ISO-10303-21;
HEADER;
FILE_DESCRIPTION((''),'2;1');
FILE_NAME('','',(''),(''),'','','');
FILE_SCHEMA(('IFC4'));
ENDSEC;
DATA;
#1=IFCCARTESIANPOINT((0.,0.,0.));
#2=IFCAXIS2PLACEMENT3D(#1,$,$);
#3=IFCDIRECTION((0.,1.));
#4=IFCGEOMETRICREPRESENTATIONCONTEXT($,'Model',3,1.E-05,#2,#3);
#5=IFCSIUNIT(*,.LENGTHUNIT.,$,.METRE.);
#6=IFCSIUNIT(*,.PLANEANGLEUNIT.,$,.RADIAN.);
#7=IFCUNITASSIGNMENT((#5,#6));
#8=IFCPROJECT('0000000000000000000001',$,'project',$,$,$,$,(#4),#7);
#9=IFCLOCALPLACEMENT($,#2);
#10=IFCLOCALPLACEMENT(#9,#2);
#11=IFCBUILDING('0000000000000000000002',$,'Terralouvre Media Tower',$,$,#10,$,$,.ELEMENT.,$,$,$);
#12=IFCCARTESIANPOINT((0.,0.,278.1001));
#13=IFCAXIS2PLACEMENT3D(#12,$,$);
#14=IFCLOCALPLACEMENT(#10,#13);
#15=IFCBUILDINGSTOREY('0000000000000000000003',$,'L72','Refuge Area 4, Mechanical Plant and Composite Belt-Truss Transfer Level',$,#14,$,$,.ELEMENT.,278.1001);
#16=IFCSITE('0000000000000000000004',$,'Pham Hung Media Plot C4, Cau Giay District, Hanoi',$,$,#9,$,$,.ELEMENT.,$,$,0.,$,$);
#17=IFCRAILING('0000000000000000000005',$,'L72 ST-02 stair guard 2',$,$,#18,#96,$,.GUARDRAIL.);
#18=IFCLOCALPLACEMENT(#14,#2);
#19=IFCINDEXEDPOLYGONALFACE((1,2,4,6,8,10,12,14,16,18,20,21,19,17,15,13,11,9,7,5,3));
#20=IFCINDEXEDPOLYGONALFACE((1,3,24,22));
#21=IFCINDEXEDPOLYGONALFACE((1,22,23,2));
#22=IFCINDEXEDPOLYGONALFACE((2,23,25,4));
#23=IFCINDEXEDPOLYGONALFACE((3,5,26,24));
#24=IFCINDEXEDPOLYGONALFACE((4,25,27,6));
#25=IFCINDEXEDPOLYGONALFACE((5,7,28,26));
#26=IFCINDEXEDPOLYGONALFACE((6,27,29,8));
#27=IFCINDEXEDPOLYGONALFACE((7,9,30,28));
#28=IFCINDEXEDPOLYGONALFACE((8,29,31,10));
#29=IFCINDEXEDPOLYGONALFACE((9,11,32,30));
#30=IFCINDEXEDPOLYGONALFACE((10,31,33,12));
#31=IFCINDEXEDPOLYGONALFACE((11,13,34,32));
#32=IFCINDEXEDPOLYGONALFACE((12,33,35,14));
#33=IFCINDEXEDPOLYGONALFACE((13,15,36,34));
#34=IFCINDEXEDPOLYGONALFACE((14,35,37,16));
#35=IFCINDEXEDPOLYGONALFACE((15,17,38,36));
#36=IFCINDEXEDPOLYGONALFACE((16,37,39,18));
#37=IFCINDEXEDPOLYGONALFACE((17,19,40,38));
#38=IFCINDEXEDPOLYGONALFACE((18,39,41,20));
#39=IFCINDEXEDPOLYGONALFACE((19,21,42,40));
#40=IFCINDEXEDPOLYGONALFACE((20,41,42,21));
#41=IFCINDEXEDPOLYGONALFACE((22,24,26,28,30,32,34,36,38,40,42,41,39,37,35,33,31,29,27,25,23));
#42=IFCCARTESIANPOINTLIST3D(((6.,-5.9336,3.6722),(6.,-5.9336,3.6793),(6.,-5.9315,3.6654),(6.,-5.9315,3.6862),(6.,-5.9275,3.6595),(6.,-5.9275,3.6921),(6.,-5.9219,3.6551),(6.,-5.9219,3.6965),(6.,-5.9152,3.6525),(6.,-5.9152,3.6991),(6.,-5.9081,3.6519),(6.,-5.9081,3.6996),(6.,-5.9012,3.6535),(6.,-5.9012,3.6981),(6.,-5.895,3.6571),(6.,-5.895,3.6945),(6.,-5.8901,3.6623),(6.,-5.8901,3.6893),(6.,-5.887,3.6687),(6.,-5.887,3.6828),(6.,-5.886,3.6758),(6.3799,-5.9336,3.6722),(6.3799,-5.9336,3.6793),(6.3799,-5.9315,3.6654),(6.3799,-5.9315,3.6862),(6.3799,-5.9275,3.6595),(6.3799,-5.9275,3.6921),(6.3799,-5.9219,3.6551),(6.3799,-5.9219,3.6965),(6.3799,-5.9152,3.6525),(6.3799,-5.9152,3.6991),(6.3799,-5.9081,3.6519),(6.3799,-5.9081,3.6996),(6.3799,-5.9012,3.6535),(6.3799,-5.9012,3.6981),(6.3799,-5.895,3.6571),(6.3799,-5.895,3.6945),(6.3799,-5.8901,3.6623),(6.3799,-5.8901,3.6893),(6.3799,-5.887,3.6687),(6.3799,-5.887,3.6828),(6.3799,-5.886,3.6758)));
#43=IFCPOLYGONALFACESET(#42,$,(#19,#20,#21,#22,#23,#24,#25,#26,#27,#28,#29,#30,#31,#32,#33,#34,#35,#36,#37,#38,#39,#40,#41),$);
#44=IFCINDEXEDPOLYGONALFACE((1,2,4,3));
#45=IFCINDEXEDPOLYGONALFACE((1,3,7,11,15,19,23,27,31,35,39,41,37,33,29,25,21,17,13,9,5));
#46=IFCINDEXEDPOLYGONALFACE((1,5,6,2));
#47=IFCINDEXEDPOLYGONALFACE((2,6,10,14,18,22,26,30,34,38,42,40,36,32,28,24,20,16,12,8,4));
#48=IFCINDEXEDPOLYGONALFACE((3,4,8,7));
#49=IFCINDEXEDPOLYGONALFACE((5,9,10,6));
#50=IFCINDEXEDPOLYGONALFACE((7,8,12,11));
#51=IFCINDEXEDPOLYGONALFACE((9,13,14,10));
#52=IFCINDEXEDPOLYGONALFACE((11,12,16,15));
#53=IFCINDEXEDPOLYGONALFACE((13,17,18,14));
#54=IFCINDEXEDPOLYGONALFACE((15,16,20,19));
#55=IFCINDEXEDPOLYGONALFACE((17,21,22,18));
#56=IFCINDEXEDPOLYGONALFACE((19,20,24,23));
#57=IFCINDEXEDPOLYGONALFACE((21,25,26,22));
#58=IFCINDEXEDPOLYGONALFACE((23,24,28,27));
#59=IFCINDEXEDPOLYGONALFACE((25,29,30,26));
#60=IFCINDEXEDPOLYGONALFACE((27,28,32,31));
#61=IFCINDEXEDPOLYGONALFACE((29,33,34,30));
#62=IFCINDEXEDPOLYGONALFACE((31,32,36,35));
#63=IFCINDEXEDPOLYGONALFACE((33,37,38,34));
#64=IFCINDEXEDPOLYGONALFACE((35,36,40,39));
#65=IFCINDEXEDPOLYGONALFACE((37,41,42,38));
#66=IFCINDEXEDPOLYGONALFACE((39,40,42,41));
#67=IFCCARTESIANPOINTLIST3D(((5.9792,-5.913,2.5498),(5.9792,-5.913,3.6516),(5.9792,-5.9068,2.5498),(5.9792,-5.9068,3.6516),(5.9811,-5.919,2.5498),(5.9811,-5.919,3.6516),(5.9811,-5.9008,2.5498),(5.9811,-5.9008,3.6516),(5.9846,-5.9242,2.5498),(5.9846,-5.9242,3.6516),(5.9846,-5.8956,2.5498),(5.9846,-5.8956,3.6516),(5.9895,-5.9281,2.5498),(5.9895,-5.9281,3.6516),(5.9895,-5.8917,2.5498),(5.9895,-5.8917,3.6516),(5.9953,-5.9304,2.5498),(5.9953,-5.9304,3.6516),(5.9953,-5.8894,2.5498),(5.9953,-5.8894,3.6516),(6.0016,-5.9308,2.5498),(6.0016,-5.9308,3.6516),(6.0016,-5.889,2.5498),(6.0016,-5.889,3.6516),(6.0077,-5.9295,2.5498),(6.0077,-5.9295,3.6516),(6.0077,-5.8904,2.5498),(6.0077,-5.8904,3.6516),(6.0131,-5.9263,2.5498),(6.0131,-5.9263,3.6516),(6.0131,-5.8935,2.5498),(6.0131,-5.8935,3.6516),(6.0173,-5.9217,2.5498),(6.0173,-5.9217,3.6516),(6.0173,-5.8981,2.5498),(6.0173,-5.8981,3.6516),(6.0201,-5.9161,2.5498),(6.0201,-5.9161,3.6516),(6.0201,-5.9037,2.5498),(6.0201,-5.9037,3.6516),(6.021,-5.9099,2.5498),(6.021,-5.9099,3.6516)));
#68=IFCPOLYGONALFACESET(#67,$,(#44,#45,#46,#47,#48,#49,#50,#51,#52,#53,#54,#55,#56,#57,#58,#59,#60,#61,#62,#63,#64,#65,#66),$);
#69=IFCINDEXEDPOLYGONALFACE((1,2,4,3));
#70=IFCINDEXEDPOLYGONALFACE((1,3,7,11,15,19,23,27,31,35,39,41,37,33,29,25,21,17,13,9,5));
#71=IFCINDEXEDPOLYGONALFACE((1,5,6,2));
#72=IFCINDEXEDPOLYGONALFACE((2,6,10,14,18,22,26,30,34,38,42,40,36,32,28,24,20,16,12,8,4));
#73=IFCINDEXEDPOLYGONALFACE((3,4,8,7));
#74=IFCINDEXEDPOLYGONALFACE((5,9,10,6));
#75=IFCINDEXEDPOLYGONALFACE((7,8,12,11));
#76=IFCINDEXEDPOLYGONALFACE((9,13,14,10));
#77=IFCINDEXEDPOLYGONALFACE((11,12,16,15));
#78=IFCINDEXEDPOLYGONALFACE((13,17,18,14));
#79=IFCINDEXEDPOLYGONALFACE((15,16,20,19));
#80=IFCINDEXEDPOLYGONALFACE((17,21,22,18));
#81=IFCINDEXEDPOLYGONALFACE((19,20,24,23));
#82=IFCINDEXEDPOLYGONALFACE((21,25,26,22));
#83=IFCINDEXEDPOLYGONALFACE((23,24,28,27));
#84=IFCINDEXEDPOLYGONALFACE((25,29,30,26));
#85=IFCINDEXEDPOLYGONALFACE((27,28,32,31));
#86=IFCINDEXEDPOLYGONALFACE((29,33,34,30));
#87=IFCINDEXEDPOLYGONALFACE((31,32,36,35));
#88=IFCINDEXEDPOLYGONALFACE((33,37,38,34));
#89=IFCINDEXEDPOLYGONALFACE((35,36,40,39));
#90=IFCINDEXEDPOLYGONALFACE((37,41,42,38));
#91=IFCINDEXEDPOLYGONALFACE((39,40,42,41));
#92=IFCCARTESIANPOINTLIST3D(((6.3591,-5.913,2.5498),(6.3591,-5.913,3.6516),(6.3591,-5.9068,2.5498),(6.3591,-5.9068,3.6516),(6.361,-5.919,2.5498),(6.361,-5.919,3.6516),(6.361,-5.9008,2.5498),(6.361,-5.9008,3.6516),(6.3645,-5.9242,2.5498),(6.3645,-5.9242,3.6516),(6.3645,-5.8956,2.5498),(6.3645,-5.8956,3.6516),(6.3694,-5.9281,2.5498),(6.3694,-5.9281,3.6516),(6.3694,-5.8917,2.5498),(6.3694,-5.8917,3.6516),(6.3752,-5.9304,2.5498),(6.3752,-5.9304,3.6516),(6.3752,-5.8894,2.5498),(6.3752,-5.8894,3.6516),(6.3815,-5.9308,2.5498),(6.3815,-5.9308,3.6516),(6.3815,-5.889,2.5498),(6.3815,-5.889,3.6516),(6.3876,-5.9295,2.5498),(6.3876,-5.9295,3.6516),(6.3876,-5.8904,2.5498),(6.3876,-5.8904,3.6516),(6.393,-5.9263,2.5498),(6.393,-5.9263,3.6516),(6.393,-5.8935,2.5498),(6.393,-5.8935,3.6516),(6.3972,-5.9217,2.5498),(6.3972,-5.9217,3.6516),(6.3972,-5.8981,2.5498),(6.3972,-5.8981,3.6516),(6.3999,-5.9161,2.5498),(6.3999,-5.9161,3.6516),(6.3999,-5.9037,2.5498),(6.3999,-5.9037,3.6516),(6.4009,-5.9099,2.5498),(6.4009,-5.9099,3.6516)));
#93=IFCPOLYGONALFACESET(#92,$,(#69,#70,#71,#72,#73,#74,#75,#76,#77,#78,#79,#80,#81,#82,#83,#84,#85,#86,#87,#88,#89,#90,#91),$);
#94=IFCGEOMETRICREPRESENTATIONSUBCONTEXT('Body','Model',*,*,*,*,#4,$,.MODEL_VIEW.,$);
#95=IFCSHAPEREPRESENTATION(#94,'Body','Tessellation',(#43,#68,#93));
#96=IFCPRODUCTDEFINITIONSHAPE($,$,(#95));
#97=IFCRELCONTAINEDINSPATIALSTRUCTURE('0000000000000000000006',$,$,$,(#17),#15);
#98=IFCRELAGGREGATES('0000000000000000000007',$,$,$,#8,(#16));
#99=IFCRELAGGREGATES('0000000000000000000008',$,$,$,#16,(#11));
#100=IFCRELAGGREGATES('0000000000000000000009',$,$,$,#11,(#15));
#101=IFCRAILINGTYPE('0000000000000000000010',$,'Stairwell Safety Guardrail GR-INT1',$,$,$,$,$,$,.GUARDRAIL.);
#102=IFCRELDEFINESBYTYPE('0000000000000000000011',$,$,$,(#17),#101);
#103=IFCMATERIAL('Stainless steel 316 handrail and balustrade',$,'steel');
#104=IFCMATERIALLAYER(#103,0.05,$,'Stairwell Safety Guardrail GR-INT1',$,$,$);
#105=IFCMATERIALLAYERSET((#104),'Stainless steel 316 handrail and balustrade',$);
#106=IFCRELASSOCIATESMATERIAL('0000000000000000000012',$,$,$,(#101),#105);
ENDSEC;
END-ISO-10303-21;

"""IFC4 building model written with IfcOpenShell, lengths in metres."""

from ifc_helpers import new_model, si_unit, direction, frame, origin, origin_2d, place, context, subcontext, project, spatial, circle, extrude, material, layer, layer_set, type_object, element, save


model = new_model("IFC4")

# Units and contexts
model_context = context("Model", 3, precision=1e-05, world=origin(), true_north=direction((0.0, 1.0)))
body_context = subcontext(model_context, "Body", "Model", "MODEL_VIEW")
ifc_project = project(units=[si_unit("LENGTHUNIT", "METRE"), si_unit("PLANEANGLEUNIT", "RADIAN")], contexts=[model_context])

# Site, building, storey
site_placement = place(None, origin())
site = spatial("IfcSite", under=ifc_project, at=site_placement, Name="Pham Hung Media Plot C4, Cau Giay District, Hanoi", CompositionType="ELEMENT", RefElevation=0.0)
building_placement = place(site_placement, origin())
building = spatial("IfcBuilding", under=site, at=building_placement, Name="Terralouvre Media Tower", CompositionType="ELEMENT")
storey_placement = place(building_placement, frame((0.0, 0.0, 278.1001)))
storey = spatial("IfcBuildingStorey", under=building, at=storey_placement, Name="L72", Description="Refuge Area 4, Mechanical Plant and Composite Belt-Truss Transfer Level", CompositionType="ELEMENT", Elevation=278.1001)

# Railing
ifc_material_1 = material(Name="Stainless steel 316 handrail and balustrade", Category="steel")
ifc_layer_1 = layer(ifc_material_1, 0.05, Name="Stairwell Safety Guardrail GR-INT1")
ifc_layer_set_1 = layer_set([ifc_layer_1], Name="Stainless steel 316 handrail and balustrade")
railing_type_1 = type_object("IfcRailingType", Name="Stairwell Safety Guardrail GR-INT1", PredefinedType="GUARDRAIL", material=ifc_layer_set_1)
railing_1_placement = place(storey_placement, frame((6.0, -5.9099, 2.5498)))
element("IfcRailing", 1, at=railing_1_placement, inside=storey, type_object=railing_type_1, Name="L72 ST-02 stair guard 2", PredefinedType="GUARDRAIL", context=body_context, shape_type="SweptSolid", body=[
    extrude(circle(Radius=0.0239, at=origin_2d()), frame((0.0, 0.0, 1.126), z_axis=(1.0, 0.0, 0.0), x_axis=(0.0, 1.0, 0.0)), (0.0, 0.0, 1.0), 0.3799),
    extrude(circle(Radius=0.021, at=origin_2d()), origin(), (0.0, 0.0, 1.0), 1.1018),
    extrude(circle(Radius=0.021, at=origin_2d()), frame((0.3799, 0.0, 0.0)), (0.0, 0.0, 1.0), 1.1018),
])

save(model, "model.ifc")
